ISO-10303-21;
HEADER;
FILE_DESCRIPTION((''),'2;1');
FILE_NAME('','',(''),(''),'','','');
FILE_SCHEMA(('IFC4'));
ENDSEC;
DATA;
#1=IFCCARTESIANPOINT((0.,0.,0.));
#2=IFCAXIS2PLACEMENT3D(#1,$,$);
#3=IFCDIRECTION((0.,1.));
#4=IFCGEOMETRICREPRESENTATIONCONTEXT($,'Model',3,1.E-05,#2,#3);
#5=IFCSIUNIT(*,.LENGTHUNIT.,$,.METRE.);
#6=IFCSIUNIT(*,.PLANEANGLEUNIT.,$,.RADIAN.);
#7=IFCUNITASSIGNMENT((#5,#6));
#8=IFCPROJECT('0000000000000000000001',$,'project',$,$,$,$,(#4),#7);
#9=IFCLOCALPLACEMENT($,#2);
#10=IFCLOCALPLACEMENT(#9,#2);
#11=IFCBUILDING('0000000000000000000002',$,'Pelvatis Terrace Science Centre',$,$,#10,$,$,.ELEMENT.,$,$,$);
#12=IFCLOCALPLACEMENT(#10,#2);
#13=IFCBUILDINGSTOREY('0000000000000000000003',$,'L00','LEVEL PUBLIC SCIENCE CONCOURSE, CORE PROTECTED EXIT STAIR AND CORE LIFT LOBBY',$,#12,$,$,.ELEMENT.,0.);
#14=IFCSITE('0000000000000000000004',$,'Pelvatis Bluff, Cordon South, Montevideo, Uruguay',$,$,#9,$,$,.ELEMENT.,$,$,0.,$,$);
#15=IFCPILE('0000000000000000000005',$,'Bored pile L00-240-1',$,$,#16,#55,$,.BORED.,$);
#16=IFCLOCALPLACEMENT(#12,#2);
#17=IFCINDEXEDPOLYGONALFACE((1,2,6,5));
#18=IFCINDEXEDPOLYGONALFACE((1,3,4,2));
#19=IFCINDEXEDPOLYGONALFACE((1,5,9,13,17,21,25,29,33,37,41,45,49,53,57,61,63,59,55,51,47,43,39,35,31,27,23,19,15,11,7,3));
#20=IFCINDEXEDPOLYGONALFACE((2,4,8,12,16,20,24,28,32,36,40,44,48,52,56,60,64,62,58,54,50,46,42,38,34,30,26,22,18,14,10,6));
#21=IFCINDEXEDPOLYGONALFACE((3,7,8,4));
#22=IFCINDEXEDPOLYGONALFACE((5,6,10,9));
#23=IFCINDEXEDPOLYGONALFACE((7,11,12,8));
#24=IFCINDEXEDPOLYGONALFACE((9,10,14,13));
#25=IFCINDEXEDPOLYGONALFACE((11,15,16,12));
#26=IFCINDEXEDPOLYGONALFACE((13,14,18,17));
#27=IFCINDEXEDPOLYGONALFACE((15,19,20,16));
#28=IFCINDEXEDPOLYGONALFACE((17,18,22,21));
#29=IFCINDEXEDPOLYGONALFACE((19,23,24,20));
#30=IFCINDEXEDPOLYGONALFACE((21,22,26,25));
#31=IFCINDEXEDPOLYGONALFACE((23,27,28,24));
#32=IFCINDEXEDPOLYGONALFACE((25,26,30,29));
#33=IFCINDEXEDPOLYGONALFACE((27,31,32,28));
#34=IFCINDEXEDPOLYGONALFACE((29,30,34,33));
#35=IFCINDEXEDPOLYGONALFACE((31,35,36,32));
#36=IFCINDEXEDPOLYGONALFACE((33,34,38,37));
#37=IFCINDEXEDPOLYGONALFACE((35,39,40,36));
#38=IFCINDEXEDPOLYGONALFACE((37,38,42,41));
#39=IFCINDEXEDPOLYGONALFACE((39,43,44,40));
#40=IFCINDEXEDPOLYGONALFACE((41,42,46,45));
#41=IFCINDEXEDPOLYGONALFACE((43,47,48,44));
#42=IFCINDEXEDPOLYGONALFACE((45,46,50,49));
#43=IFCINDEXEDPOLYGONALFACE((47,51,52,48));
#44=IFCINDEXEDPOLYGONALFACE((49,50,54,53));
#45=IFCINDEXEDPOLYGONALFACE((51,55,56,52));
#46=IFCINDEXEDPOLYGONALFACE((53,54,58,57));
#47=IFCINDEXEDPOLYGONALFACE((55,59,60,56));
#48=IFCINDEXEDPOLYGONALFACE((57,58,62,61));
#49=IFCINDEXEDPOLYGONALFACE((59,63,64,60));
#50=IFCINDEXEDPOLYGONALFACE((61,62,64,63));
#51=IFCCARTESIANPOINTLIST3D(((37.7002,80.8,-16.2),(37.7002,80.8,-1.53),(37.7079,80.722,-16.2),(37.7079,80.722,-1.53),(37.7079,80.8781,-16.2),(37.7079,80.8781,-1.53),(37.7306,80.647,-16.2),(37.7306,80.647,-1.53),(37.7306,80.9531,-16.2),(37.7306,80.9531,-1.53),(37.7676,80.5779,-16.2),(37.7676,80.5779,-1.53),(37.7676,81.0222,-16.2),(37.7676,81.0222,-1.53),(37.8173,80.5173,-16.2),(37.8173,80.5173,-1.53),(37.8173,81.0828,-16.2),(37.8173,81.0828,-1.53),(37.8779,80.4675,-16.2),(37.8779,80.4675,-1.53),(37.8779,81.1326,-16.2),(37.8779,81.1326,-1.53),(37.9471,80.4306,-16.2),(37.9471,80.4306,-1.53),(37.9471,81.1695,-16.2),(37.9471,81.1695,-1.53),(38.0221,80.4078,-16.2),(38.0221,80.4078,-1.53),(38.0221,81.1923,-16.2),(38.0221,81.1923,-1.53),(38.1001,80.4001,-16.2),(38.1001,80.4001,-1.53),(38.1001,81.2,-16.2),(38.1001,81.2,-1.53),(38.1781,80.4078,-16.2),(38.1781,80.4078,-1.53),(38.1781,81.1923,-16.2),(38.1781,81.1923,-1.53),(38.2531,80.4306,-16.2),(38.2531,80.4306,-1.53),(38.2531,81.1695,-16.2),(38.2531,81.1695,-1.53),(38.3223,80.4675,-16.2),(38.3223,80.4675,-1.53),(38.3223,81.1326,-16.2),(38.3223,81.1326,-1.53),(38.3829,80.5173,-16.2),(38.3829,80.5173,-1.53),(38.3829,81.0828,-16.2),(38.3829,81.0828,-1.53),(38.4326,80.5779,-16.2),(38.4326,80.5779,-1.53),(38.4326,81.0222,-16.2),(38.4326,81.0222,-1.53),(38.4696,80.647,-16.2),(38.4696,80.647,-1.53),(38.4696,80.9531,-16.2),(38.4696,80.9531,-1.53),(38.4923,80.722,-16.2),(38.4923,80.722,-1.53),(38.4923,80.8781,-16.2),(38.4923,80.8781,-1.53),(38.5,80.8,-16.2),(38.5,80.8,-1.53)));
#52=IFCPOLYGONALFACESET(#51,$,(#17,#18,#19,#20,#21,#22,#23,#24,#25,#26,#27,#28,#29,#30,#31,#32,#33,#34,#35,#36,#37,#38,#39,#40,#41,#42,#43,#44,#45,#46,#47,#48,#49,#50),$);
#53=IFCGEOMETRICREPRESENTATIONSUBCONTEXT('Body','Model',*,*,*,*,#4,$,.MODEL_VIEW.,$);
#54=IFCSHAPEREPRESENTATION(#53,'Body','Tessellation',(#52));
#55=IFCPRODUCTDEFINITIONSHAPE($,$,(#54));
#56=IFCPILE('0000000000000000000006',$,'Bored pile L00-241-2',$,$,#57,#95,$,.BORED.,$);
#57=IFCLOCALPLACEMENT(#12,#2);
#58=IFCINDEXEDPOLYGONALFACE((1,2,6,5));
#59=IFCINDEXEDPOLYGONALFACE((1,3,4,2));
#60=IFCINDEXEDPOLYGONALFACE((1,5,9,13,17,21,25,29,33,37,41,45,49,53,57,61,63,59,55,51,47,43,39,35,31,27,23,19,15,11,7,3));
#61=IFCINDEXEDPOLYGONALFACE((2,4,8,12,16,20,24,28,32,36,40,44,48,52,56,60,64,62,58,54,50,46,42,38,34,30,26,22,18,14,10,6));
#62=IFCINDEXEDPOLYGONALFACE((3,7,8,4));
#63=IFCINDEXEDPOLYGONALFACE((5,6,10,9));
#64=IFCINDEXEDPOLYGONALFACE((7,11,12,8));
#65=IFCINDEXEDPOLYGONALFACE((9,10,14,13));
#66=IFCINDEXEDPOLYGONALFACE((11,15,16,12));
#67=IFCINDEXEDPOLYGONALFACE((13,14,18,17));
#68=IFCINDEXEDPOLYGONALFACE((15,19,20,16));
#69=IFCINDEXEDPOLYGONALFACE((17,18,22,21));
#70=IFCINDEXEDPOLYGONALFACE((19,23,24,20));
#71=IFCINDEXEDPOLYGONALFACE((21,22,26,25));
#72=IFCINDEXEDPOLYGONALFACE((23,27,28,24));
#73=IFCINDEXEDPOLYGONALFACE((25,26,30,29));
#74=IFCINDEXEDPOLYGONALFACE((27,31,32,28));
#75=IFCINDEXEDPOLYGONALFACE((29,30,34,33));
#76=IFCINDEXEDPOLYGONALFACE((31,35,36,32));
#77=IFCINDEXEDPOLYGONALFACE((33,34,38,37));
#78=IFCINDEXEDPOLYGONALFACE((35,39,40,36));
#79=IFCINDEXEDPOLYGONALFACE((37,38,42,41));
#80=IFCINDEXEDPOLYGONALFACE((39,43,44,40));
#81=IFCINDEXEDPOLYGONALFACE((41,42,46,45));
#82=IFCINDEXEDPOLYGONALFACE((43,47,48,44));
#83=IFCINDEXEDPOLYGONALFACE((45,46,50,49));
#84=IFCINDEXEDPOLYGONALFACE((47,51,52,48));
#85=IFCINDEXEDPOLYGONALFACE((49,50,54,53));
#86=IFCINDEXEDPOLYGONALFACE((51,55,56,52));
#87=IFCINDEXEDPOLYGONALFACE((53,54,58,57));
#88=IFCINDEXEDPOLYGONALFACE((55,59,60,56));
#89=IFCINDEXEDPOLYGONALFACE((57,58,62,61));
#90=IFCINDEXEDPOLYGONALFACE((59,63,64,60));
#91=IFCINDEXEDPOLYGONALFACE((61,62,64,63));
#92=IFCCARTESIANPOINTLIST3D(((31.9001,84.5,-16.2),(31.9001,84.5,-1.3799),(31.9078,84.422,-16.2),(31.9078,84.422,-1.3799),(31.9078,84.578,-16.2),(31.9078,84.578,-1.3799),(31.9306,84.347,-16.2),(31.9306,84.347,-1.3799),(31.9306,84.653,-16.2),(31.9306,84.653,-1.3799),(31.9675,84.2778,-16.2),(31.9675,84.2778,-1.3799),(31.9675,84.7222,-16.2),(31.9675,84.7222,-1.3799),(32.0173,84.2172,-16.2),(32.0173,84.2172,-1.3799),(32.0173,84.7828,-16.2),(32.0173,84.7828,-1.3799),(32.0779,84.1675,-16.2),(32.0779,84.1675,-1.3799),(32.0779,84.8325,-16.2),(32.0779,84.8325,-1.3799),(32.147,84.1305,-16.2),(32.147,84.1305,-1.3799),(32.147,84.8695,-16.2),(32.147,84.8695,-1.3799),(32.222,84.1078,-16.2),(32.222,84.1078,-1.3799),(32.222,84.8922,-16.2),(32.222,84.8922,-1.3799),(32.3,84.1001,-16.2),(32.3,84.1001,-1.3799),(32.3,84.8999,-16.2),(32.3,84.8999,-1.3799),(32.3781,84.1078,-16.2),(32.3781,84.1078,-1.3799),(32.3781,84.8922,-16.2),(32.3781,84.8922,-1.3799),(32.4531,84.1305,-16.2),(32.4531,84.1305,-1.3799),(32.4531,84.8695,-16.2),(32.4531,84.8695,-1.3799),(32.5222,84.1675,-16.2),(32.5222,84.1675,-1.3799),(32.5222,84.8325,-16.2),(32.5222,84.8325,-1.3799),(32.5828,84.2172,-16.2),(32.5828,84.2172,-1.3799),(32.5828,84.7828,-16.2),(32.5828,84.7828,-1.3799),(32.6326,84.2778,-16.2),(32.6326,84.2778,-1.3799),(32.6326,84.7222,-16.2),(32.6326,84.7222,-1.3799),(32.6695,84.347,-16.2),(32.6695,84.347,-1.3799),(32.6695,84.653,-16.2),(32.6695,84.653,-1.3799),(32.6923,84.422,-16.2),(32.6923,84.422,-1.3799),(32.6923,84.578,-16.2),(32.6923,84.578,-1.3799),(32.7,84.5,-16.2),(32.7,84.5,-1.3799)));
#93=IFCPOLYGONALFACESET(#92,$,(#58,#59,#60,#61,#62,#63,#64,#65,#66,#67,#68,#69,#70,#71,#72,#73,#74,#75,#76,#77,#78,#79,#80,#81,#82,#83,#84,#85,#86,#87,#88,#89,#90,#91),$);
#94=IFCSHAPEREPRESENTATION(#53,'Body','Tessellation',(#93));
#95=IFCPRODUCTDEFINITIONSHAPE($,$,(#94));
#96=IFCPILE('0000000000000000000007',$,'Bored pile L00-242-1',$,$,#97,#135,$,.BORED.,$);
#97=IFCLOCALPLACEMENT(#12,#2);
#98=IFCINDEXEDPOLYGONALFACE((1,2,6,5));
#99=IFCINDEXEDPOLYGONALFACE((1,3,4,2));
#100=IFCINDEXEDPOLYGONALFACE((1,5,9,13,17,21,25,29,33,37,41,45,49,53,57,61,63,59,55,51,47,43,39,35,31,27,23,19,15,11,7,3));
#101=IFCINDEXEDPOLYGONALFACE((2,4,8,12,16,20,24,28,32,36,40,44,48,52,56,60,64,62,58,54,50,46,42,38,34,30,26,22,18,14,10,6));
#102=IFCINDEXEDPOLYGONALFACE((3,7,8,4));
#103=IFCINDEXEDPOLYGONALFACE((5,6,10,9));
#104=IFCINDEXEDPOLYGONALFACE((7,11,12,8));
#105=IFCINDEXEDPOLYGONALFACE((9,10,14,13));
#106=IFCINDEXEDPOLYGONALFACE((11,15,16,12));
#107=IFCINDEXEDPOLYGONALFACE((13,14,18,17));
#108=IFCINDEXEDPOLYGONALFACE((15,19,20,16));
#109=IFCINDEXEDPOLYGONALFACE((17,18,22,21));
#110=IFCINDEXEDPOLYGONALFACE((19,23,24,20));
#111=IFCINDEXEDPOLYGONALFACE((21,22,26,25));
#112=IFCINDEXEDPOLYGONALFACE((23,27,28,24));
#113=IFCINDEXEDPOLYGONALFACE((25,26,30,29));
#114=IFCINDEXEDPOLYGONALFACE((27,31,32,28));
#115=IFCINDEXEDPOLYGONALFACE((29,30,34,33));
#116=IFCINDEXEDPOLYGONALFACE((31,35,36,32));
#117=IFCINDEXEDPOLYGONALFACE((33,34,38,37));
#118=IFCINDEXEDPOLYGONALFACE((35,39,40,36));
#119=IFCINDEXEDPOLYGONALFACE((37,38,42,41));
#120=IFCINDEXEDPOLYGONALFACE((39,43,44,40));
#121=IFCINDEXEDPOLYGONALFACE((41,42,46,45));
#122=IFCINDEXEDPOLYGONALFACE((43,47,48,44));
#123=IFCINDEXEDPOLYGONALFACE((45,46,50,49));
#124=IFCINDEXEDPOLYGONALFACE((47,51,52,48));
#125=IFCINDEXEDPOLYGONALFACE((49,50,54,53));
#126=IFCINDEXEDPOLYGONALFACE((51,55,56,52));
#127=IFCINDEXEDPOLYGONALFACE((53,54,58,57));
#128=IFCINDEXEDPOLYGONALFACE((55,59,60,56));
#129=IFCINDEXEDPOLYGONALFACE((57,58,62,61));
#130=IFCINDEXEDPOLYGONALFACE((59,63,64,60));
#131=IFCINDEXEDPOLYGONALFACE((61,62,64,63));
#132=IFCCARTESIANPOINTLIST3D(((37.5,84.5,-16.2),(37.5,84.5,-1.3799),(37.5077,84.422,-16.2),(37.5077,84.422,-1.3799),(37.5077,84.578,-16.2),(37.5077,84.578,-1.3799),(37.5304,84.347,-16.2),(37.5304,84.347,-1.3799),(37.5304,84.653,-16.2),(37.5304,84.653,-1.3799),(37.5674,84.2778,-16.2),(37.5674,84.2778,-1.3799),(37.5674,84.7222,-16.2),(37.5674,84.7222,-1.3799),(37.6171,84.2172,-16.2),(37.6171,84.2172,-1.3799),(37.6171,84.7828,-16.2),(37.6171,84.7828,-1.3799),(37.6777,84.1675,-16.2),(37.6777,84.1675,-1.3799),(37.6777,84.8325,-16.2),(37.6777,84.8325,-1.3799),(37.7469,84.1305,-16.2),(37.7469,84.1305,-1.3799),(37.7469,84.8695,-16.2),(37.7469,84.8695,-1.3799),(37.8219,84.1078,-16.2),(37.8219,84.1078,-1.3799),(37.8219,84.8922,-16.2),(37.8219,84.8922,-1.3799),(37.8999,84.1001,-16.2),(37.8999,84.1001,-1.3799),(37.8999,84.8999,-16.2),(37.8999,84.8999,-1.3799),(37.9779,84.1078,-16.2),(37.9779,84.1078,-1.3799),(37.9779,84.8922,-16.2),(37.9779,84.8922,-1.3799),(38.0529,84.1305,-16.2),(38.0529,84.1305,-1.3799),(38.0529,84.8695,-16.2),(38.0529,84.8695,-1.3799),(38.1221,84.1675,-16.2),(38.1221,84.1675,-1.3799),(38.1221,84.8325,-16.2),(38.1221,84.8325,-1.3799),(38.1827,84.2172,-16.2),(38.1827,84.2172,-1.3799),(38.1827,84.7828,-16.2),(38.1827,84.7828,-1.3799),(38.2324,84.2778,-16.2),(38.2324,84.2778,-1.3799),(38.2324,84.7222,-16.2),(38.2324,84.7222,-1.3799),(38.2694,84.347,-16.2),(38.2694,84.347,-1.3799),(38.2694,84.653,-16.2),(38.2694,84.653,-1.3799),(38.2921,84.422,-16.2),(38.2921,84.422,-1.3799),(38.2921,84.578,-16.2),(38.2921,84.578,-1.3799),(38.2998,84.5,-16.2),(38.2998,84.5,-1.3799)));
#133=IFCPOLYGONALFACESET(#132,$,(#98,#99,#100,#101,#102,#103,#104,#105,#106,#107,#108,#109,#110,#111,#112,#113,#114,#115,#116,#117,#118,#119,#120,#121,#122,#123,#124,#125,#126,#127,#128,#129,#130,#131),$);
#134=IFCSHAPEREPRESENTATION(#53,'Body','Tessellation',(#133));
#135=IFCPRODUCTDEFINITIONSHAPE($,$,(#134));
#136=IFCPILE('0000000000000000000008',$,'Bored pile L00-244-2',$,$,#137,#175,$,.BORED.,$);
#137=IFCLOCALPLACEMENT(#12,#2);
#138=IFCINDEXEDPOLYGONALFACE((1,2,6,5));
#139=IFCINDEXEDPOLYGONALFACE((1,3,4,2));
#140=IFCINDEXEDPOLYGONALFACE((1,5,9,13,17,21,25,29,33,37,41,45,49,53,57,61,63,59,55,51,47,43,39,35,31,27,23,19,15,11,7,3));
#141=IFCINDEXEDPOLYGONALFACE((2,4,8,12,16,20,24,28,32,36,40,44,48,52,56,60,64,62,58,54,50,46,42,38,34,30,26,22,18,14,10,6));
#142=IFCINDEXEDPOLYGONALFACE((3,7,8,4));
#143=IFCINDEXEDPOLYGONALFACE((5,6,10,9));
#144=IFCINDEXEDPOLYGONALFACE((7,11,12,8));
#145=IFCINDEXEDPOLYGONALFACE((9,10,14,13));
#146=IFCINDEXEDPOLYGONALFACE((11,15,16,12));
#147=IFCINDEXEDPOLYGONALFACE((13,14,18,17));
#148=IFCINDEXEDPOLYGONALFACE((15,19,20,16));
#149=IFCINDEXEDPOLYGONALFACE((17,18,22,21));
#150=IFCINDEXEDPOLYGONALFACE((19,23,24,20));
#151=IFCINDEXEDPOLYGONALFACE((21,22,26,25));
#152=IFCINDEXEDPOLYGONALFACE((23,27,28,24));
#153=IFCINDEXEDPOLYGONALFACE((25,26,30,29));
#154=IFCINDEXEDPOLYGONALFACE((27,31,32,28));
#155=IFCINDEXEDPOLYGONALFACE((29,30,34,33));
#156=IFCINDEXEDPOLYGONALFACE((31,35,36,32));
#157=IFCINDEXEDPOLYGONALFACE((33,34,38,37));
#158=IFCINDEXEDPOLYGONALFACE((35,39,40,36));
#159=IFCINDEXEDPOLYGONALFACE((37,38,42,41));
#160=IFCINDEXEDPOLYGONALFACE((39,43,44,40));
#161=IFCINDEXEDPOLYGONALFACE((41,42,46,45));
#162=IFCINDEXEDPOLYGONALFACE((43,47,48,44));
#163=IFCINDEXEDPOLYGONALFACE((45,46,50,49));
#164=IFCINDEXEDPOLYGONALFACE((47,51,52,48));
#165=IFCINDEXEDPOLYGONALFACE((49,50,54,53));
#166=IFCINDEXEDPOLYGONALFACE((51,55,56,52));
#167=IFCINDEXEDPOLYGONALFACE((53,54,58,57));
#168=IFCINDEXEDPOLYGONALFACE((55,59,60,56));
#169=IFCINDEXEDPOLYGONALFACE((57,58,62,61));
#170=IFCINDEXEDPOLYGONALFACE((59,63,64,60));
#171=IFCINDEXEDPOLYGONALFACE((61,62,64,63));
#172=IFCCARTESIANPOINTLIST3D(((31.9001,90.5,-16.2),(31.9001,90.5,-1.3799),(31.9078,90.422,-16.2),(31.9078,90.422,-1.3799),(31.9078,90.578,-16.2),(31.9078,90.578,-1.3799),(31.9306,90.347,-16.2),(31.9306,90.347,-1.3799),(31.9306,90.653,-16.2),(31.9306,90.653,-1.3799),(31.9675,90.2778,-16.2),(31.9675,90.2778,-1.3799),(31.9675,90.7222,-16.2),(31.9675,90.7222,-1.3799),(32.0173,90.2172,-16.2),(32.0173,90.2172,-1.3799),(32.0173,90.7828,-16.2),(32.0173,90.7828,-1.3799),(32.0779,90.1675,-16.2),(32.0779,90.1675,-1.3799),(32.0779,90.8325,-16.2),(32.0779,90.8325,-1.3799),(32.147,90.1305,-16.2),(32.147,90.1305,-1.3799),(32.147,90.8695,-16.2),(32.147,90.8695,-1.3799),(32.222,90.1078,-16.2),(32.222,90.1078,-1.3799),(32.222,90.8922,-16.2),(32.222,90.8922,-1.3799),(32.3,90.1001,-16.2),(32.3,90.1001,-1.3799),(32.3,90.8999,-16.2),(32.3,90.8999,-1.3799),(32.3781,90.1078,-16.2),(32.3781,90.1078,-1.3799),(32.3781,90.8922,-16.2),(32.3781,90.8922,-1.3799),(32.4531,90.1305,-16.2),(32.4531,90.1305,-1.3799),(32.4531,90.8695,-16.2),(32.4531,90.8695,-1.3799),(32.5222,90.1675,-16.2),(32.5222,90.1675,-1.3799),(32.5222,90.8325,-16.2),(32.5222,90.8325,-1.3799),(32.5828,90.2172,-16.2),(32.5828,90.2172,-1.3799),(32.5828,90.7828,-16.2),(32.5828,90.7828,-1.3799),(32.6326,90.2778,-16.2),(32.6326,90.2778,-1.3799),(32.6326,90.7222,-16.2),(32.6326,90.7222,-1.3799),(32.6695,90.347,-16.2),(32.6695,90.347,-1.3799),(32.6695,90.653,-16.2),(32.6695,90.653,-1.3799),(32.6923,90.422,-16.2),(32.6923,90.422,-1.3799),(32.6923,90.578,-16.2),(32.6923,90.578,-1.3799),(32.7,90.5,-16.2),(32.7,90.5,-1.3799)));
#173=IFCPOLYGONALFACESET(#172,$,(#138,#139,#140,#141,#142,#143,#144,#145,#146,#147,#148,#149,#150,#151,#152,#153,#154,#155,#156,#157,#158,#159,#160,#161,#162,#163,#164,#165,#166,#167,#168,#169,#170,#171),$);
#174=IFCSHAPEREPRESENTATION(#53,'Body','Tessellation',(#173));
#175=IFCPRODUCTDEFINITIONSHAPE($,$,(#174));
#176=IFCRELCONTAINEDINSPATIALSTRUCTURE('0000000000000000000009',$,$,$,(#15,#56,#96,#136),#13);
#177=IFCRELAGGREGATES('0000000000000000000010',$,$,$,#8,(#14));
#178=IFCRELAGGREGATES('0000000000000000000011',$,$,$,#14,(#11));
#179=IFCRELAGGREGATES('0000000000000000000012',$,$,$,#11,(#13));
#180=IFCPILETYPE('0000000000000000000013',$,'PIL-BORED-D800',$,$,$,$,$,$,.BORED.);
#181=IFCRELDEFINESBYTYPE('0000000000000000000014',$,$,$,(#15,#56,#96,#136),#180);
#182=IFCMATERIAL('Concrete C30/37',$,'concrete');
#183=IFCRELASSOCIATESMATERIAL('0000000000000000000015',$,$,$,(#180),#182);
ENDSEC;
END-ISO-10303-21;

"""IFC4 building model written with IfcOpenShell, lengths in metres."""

from ifc_helpers import new_model, si_unit, direction, frame, origin, origin_2d, place, context, subcontext, project, spatial, circle, extrude, material, material_profile, profile_set, type_object, element, save


model = new_model("IFC4")

# Units and contexts
model_context = context("Model", 3, precision=1e-05, world=origin(), true_north=direction((0.0, 1.0)))
body_context = subcontext(model_context, "Body", "Model", "MODEL_VIEW")
ifc_project = project(units=[si_unit("LENGTHUNIT", "METRE"), si_unit("PLANEANGLEUNIT", "RADIAN")], contexts=[model_context])

# Site, building, storey
site_placement = place(None, origin())
site = spatial("IfcSite", under=ifc_project, at=site_placement, Name="Pelvatis Bluff, Cordon South, Montevideo, Uruguay", CompositionType="ELEMENT", RefElevation=0.0)
building_placement = place(site_placement, origin())
building = spatial("IfcBuilding", under=site, at=building_placement, Name="Pelvatis Terrace Science Centre", CompositionType="ELEMENT")
storey_placement = place(building_placement, origin())
storey = spatial("IfcBuildingStorey", under=building, at=storey_placement, Name="L00", Description="LEVEL PUBLIC SCIENCE CONCOURSE, CORE PROTECTED EXIT STAIR AND CORE LIFT LOBBY", CompositionType="ELEMENT", Elevation=0.0)

# Piles
ifc_material_1 = material(Name="Concrete C30/37", Category="concrete")
ifc_material_profile_1 = material_profile(ifc_material_1, circle(Radius=0.3999, at=origin_2d()), Name="PILE D800")
ifc_profile_set_1 = profile_set([ifc_material_profile_1], Name="Concrete C30/37")
pile_type = type_object("IfcPileType", Name="PIL-BORED-D800", PredefinedType="BORED", material=ifc_profile_set_1)
for number, where, z_axis, x_axis, name in (
    (1, (38.1001, 80.8, -1.53), (0.0, 0.0, -1.0), (1.0, 0.0, 0.0), "Bored pile L00-240-1"),
):
    element("IfcPile", number, at=place(storey_placement, frame(where, z_axis=z_axis, x_axis=x_axis)), inside=storey, type_object=pile_type, Name=name, PredefinedType="BORED", context=body_context, shape_type="SweptSolid", body=[
        extrude(circle(Radius=0.3999, at=origin_2d()), origin(), (0.0, 0.0, 1.0), 14.6699),
    ])
for number, where, z_axis, x_axis, name in (
    (2, (32.3, 84.5, -1.3799), (0.0, 0.0, -1.0), (1.0, 0.0, 0.0), "Bored pile L00-241-2"),
    (3, (37.8999, 84.5, -1.3799), (0.0, 0.0, -1.0), (1.0, 0.0, 0.0), "Bored pile L00-242-1"),
    (4, (32.3, 90.5, -1.3799), (0.0, 0.0, -1.0), (1.0, 0.0, 0.0), "Bored pile L00-244-2"),
):
    element("IfcPile", number, at=place(storey_placement, frame(where, z_axis=z_axis, x_axis=x_axis)), inside=storey, type_object=pile_type, Name=name, PredefinedType="BORED", context=body_context, shape_type="SweptSolid", body=[
        extrude(circle(Radius=0.3999, at=origin_2d()), origin(), (0.0, 0.0, 1.0), 14.8201),
    ])

save(model, "model.ifc")
